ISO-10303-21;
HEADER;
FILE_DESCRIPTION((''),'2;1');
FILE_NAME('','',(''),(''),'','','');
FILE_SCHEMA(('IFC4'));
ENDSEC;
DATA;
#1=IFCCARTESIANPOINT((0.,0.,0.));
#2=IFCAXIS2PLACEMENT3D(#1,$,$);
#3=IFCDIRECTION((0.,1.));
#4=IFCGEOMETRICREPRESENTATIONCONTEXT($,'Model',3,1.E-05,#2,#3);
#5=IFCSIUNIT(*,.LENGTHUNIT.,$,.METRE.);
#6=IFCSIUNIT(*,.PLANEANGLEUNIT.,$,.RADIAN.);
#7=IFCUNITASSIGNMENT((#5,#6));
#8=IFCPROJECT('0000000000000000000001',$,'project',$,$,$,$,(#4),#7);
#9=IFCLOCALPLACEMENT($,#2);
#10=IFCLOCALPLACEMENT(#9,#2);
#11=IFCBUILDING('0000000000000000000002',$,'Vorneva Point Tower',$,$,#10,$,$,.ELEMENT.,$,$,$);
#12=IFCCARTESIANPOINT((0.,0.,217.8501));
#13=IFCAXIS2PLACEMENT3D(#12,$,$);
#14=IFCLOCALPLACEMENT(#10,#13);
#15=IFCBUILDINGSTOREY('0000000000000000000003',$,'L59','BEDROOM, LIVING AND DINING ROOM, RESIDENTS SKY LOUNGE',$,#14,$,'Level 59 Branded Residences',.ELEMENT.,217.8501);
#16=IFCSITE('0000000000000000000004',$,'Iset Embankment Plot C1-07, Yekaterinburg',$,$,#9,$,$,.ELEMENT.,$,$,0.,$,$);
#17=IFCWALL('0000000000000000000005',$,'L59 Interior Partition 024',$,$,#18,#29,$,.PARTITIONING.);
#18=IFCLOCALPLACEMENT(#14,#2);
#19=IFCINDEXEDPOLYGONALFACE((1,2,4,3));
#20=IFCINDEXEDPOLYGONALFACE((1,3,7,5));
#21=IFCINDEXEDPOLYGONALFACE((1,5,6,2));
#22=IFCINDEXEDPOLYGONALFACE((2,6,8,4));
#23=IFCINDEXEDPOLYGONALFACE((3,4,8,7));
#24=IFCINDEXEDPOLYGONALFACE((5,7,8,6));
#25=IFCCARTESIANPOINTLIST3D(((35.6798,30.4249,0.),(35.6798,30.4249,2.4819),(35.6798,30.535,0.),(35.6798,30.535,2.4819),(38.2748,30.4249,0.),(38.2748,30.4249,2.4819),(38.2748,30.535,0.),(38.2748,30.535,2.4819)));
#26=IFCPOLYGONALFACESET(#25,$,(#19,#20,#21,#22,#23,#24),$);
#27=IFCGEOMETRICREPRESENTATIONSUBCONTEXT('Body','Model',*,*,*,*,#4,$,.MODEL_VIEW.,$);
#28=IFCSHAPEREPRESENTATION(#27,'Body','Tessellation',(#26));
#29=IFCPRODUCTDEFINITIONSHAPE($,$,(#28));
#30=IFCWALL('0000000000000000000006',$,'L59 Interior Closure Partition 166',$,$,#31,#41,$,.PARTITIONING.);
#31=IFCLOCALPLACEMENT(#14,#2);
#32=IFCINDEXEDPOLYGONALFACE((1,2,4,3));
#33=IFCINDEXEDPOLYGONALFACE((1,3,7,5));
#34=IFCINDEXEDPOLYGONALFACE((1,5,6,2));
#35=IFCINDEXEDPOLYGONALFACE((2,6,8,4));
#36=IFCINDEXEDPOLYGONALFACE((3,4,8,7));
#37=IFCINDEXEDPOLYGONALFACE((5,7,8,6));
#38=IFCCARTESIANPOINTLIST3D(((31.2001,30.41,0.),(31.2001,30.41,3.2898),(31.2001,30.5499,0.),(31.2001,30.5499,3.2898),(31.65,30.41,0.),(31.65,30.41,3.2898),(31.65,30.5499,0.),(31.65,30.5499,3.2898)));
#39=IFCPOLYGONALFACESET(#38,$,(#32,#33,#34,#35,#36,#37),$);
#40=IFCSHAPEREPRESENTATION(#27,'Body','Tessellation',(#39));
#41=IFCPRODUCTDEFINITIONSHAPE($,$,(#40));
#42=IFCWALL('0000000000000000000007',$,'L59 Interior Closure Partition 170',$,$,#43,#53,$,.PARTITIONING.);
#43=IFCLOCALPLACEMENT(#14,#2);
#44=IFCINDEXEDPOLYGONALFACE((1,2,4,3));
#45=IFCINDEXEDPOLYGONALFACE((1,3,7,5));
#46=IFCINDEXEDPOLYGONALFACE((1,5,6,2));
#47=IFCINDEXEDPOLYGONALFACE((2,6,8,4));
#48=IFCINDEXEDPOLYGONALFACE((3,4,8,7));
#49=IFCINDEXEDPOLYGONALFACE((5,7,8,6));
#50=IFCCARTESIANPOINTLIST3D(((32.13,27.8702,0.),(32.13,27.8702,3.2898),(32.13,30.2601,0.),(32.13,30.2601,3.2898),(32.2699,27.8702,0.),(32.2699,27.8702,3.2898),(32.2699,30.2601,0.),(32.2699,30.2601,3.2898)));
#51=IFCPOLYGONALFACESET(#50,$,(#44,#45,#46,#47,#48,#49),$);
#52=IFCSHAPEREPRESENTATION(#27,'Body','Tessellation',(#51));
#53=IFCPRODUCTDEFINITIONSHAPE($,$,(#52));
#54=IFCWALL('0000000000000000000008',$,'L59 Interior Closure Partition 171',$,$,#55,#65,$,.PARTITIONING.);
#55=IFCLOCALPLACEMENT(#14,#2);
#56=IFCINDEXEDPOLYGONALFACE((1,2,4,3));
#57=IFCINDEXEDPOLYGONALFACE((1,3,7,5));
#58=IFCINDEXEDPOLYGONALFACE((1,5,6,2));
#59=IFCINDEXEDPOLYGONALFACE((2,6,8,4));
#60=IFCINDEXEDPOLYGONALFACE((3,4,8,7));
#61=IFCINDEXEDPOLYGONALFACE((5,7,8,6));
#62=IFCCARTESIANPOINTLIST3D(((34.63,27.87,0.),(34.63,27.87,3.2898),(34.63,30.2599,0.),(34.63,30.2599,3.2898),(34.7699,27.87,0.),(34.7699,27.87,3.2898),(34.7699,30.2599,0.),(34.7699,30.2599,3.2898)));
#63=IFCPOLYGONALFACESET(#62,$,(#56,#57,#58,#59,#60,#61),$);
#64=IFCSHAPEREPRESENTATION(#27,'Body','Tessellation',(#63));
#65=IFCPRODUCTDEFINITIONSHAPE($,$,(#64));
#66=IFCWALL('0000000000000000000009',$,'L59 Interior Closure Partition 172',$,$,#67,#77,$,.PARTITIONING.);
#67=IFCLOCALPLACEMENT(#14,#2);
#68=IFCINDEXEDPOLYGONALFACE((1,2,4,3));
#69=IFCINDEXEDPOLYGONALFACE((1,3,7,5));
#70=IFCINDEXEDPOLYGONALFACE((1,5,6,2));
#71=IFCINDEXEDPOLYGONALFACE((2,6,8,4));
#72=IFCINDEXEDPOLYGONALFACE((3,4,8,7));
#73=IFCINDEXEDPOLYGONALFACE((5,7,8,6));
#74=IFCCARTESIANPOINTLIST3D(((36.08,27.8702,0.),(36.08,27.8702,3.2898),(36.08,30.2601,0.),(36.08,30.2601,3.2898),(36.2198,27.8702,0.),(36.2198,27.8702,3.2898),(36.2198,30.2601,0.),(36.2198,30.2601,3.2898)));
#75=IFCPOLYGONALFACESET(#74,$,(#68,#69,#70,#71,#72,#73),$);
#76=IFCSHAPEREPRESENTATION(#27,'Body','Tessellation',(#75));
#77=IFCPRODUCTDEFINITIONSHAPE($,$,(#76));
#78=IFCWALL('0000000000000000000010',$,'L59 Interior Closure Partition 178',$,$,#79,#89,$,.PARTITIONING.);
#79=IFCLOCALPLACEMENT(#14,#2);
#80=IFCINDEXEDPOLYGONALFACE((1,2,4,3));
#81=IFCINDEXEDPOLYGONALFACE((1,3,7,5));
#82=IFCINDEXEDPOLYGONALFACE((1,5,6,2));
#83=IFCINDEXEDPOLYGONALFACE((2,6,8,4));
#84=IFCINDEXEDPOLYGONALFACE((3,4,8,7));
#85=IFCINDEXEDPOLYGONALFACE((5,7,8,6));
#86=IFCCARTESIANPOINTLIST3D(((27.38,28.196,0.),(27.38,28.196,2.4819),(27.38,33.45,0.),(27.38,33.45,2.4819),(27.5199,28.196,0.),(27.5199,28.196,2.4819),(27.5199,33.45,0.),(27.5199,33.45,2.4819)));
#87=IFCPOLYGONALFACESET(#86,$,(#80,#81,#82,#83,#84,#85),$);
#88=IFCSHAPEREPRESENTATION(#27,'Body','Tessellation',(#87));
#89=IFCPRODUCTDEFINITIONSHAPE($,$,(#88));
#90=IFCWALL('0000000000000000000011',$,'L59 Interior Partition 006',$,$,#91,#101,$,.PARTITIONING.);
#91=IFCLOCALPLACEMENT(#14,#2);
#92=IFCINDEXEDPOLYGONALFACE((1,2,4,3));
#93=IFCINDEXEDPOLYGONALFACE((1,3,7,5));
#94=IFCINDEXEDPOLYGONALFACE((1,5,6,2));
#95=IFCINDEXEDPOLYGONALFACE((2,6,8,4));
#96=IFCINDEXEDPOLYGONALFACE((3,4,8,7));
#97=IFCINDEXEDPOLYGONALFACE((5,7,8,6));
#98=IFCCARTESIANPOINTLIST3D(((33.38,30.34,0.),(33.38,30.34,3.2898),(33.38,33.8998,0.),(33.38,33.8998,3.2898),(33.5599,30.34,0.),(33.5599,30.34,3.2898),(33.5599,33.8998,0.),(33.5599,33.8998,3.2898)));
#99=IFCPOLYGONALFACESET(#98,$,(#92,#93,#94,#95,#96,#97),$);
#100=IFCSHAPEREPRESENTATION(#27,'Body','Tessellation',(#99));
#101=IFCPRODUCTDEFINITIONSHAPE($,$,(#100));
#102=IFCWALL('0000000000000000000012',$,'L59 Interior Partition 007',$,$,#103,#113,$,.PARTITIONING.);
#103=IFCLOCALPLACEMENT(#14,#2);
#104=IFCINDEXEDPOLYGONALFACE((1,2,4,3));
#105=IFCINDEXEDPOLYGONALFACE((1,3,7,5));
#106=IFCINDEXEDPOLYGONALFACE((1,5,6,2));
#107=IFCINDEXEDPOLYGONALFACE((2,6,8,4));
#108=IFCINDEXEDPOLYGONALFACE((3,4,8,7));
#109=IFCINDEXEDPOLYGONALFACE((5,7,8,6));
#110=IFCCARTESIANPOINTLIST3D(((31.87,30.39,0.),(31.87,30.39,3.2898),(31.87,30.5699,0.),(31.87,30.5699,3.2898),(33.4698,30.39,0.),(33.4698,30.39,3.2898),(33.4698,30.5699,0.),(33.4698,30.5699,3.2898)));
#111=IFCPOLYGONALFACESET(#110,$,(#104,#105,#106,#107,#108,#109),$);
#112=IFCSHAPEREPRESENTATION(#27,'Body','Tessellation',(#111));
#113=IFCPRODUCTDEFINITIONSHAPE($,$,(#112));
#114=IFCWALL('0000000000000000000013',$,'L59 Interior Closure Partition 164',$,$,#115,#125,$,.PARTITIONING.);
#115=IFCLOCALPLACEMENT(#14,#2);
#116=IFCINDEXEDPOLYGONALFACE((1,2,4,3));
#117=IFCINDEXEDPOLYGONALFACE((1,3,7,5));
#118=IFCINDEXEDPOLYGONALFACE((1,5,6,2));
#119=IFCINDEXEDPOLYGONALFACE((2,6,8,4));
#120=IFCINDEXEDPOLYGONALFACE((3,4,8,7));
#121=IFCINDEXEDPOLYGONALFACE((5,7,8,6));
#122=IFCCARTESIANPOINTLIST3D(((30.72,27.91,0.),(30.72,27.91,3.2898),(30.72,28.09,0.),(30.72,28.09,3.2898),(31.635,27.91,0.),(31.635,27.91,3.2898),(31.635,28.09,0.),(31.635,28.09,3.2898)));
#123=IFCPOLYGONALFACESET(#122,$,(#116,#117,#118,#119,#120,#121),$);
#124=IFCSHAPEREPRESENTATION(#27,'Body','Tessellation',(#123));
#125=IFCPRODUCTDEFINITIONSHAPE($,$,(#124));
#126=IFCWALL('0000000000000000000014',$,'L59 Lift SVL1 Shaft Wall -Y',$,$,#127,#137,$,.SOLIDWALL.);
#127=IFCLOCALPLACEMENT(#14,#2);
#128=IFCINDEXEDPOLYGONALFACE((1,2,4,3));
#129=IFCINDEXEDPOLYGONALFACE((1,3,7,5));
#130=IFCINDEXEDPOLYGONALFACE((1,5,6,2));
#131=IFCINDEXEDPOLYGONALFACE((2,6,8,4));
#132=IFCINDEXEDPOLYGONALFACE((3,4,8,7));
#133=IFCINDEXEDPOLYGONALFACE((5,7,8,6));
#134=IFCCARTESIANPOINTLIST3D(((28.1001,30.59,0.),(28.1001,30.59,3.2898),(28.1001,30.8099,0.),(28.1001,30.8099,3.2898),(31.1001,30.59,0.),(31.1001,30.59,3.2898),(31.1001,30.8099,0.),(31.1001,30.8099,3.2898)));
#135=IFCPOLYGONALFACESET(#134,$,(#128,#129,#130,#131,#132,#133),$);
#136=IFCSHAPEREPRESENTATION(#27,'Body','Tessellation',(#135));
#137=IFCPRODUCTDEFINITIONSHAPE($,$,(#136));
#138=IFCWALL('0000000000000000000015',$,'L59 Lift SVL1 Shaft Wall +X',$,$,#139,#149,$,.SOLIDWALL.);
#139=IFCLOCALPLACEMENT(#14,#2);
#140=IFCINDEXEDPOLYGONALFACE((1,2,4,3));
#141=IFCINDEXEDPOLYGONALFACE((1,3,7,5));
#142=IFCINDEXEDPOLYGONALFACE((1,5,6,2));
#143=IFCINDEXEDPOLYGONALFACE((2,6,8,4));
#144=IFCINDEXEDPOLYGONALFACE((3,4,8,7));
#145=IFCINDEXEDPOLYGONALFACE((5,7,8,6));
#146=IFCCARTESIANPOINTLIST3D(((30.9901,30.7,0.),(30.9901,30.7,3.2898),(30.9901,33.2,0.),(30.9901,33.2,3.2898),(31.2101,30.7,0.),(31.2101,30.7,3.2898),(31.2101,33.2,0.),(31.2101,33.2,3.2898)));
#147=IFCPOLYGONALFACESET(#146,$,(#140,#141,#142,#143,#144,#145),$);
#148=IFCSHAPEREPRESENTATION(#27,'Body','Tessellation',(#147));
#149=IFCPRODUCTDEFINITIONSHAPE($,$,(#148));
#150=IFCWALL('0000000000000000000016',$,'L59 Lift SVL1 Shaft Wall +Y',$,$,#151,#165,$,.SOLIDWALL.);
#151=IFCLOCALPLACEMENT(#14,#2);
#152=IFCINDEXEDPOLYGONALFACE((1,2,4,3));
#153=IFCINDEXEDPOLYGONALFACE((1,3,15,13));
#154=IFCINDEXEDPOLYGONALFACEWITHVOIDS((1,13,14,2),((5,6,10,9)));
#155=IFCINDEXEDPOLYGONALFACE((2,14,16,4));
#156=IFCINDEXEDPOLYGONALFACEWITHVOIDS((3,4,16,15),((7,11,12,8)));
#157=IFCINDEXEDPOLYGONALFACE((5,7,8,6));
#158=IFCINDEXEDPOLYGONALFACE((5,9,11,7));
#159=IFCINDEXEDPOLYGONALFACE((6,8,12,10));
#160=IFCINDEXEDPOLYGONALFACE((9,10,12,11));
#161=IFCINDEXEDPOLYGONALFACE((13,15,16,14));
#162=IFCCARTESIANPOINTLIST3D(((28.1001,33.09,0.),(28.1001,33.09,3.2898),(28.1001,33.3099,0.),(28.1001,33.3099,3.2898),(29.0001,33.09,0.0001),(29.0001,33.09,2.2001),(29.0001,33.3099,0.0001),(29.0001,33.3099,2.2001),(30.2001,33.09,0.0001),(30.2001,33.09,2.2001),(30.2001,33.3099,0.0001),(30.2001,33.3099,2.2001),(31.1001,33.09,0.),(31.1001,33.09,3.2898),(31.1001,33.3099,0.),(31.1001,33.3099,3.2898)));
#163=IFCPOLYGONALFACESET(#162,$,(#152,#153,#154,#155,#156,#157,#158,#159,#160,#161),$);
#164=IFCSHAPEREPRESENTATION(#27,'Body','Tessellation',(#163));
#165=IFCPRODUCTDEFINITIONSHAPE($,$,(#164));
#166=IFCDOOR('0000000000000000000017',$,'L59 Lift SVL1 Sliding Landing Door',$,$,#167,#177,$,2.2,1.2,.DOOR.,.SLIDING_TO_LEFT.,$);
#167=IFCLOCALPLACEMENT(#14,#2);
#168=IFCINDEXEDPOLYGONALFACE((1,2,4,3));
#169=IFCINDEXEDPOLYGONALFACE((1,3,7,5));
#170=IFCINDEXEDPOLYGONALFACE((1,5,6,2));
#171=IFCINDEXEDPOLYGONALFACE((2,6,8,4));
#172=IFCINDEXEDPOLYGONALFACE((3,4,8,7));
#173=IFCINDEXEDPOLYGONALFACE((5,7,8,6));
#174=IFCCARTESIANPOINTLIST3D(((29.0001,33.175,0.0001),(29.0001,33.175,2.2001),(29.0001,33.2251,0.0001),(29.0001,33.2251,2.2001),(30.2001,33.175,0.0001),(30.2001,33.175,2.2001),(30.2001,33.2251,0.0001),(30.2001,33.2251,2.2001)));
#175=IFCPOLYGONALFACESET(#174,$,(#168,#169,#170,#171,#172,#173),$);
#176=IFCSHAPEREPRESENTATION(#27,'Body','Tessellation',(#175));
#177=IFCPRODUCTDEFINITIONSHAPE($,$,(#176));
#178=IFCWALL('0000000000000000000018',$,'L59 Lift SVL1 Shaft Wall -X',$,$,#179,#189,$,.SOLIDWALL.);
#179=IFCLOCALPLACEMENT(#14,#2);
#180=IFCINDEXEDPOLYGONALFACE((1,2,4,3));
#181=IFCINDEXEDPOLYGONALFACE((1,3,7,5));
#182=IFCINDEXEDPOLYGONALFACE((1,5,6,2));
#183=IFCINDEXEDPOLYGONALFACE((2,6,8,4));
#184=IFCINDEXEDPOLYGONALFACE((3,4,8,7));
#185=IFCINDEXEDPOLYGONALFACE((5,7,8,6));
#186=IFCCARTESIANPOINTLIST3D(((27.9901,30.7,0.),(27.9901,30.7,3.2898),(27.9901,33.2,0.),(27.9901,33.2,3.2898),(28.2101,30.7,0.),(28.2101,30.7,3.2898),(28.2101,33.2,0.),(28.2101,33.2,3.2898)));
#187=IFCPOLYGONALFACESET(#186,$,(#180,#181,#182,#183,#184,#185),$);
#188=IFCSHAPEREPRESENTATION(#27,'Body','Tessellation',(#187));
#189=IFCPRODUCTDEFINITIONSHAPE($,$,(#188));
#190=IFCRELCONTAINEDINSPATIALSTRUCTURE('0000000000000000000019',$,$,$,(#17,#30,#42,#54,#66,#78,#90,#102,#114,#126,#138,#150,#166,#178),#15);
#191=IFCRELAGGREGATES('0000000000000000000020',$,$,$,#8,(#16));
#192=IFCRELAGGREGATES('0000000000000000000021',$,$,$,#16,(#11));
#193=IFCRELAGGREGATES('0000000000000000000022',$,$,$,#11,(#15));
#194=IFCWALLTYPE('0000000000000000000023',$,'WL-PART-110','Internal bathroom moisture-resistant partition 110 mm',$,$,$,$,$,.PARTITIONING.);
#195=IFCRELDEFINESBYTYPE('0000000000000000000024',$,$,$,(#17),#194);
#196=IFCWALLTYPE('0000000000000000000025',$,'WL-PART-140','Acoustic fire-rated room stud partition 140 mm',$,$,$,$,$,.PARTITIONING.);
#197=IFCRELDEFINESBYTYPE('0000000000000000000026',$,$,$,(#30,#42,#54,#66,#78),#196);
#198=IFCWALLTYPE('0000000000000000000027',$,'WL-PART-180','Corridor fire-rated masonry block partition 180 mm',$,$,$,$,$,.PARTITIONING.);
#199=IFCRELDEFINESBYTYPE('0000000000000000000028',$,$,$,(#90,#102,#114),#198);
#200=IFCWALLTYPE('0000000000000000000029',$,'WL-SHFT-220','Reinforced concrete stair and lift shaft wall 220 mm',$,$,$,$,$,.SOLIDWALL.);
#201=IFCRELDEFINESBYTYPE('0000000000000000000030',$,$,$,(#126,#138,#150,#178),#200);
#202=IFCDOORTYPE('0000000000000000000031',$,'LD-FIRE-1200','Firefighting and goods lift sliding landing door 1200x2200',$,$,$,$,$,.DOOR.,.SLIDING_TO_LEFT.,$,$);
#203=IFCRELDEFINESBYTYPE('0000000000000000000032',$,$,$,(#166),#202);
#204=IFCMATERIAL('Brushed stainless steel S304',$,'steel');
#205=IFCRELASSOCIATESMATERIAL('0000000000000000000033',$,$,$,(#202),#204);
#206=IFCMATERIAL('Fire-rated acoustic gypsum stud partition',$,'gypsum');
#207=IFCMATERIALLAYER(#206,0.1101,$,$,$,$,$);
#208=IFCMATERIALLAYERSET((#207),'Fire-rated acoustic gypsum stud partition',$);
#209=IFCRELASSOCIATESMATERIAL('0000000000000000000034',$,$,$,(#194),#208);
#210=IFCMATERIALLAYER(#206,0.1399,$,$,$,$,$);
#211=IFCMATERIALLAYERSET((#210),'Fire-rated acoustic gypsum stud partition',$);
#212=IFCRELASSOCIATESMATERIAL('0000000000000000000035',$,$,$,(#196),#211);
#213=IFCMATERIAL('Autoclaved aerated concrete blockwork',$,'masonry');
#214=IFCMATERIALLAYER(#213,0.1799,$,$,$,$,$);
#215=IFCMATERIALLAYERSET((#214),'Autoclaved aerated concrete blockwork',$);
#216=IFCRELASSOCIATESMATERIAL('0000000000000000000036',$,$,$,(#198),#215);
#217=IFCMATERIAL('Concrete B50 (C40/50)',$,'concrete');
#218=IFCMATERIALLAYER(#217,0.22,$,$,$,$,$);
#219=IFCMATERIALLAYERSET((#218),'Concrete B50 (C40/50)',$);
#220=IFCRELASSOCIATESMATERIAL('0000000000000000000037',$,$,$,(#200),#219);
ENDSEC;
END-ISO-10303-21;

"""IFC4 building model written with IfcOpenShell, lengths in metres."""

from ifc_helpers import new_model, si_unit, direction, frame, frame_2d, origin, place, context, subcontext, project, spatial, rectangle, extrude, material, layer, layer_set, type_object, element, fill, save


model = new_model("IFC4")

# Units and contexts
model_context = context("Model", 3, precision=1e-05, world=origin(), true_north=direction((0.0, 1.0)))
body_context = subcontext(model_context, "Body", "Model", "MODEL_VIEW")
ifc_project = project(units=[si_unit("LENGTHUNIT", "METRE"), si_unit("PLANEANGLEUNIT", "RADIAN")], contexts=[model_context])

# Site, building, storey
site_placement = place(None, origin())
site = spatial("IfcSite", under=ifc_project, at=site_placement, Name="Iset Embankment Plot C1-07, Yekaterinburg", CompositionType="ELEMENT", RefElevation=0.0)
building_placement = place(site_placement, origin())
building = spatial("IfcBuilding", under=site, at=building_placement, Name="Vorneva Point Tower", CompositionType="ELEMENT")
storey_placement = place(building_placement, frame((0.0, 0.0, 217.8501)))
storey = spatial("IfcBuildingStorey", under=building, at=storey_placement, Name="L59", Description="BEDROOM, LIVING AND DINING ROOM, RESIDENTS SKY LOUNGE", LongName="Level 59 Branded Residences", CompositionType="ELEMENT", Elevation=217.8501)

# Shared definitions
ifc_material_1 = material(Name="Concrete B50 (C40/50)", Category="concrete")

# Shared definitions
ifc_material_2 = material(Name="Brushed stainless steel S304", Category="steel")
door_type_1 = type_object("IfcDoorType", Name="LD-FIRE-1200", Description="Firefighting and goods lift sliding landing door 1200x2200", OperationType="SLIDING_TO_LEFT", PredefinedType="DOOR", material=ifc_material_2)

# Walls
ifc_material_3 = material(Name="Fire-rated acoustic gypsum stud partition", Category="gypsum")
ifc_layer_1 = layer(ifc_material_3, 0.1101)
ifc_layer_set_1 = layer_set([ifc_layer_1], Name="Fire-rated acoustic gypsum stud partition")
wall_type_1 = type_object("IfcWallType", Name="WL-PART-110", Description="Internal bathroom moisture-resistant partition 110 mm", PredefinedType="PARTITIONING", material=ifc_layer_set_1)
wall_1_placement = place(storey_placement, frame((35.6799, 30.48, 0.0), z_axis=(0.0, 0.0, 1.0), x_axis=(1.0, 0.0, 0.0)))
element("IfcWall", 1, at=wall_1_placement, inside=storey, type_object=wall_type_1, Name="L59 Interior Partition 024", PredefinedType="PARTITIONING", context=body_context, shape_type="SweptSolid", body=[
    extrude(rectangle(XDim=2.595, YDim=0.1101, at=frame_2d((1.2974, 0.0))), origin(), (0.0, 0.0, 1.0), 2.4819),
])
ifc_layer_2 = layer(ifc_material_3, 0.1399)
ifc_layer_set_2 = layer_set([ifc_layer_2], Name="Fire-rated acoustic gypsum stud partition")
wall_type_2 = type_object("IfcWallType", Name="WL-PART-140", Description="Acoustic fire-rated room stud partition 140 mm", PredefinedType="PARTITIONING", material=ifc_layer_set_2)
wall_2_placement = place(storey_placement, frame((31.2, 30.48, 0.0), z_axis=(0.0, 0.0, 1.0), x_axis=(1.0, 0.0, 0.0)))
element("IfcWall", 2, at=wall_2_placement, inside=storey, type_object=wall_type_2, Name="L59 Interior Closure Partition 166", PredefinedType="PARTITIONING", context=body_context, shape_type="SweptSolid", body=[
    extrude(rectangle(XDim=0.45, YDim=0.1399, at=frame_2d((0.2251, 0.0))), origin(), (0.0, 0.0, 1.0), 3.2898),
])
for number, where, z_axis, x_axis, name in (
    (3, (32.2, 30.26, 0.0), (0.0, 0.0, 1.0), (0.0, -1.0, 0.0), "L59 Interior Closure Partition 170"),
    (4, (34.7, 27.8701, 0.0), (0.0, 0.0, 1.0), (0.0, 1.0, 0.0), "L59 Interior Closure Partition 171"),
    (5, (36.1499, 30.26, 0.0), (0.0, 0.0, 1.0), (0.0, -1.0, 0.0), "L59 Interior Closure Partition 172"),
):
    element("IfcWall", number, at=place(storey_placement, frame(where, z_axis=z_axis, x_axis=x_axis)), inside=storey, type_object=wall_type_2, Name=name, PredefinedType="PARTITIONING", context=body_context, shape_type="SweptSolid", body=[
        extrude(rectangle(XDim=2.3899, YDim=0.1399, at=frame_2d((1.1948, 0.0))), origin(), (0.0, 0.0, 1.0), 3.2898),
    ])
wall_3_placement = place(storey_placement, frame((27.45, 33.45, 0.0), z_axis=(0.0, 0.0, 1.0), x_axis=(0.0, -1.0, 0.0)))
element("IfcWall", 6, at=wall_3_placement, inside=storey, type_object=wall_type_2, Name="L59 Interior Closure Partition 178", PredefinedType="PARTITIONING", context=body_context, shape_type="SweptSolid", body=[
    extrude(rectangle(XDim=5.2539, YDim=0.1399, at=frame_2d((2.627, 0.0))), origin(), (0.0, 0.0, 1.0), 2.4819),
])

# Shared definitions
ifc_material_4 = material(Name="Autoclaved aerated concrete blockwork", Category="masonry")
ifc_layer_3 = layer(ifc_material_4, 0.1799)
ifc_layer_set_3 = layer_set([ifc_layer_3], Name="Autoclaved aerated concrete blockwork")
wall_type_3 = type_object("IfcWallType", Name="WL-PART-180", Description="Corridor fire-rated masonry block partition 180 mm", PredefinedType="PARTITIONING", material=ifc_layer_set_3)

# Walls
wall_4_placement = place(storey_placement, frame((33.47, 30.3401, 0.0), z_axis=(0.0, 0.0, 1.0), x_axis=(0.0, 1.0, 0.0)))
element("IfcWall", 7, at=wall_4_placement, inside=storey, type_object=wall_type_3, Name="L59 Interior Partition 006", PredefinedType="PARTITIONING", context=body_context, shape_type="SweptSolid", body=[
    extrude(rectangle(XDim=3.5598, YDim=0.1799, at=frame_2d((1.7798, 0.0))), origin(), (0.0, 0.0, 1.0), 3.2898),
])
wall_5_placement = place(storey_placement, frame((31.8701, 30.48, 0.0), z_axis=(0.0, 0.0, 1.0), x_axis=(1.0, 0.0, 0.0)))
element("IfcWall", 8, at=wall_5_placement, inside=storey, type_object=wall_type_3, Name="L59 Interior Partition 007", PredefinedType="PARTITIONING", context=body_context, shape_type="SweptSolid", body=[
    extrude(rectangle(XDim=1.5999, YDim=0.1799, at=frame_2d((0.7998, 0.0))), origin(), (0.0, 0.0, 1.0), 3.2898),
])

# Walls
wall_6_placement = place(storey_placement, frame((31.635, 28.0, 0.0), z_axis=(0.0, 0.0, 1.0), x_axis=(-1.0, 0.0, 0.0)))
element("IfcWall", 9, at=wall_6_placement, inside=storey, type_object=wall_type_3, Name="L59 Interior Closure Partition 164", PredefinedType="PARTITIONING", context=body_context, shape_type="SweptSolid", body=[
    extrude(rectangle(XDim=0.915, YDim=0.1799, at=frame_2d((0.4575, 0.0))), origin(), (0.0, 0.0, 1.0), 3.2898),
])
ifc_layer_4 = layer(ifc_material_1, 0.22)
ifc_layer_set_4 = layer_set([ifc_layer_4], Name="Concrete B50 (C40/50)")
wall_type_4 = type_object("IfcWallType", Name="WL-SHFT-220", Description="Reinforced concrete stair and lift shaft wall 220 mm", PredefinedType="SOLIDWALL", material=ifc_layer_set_4)
wall_7_placement = place(storey_placement, frame((28.1001, 30.7, 0.0), z_axis=(0.0, 0.0, 1.0), x_axis=(1.0, 0.0, 0.0)))
element("IfcWall", 10, at=wall_7_placement, inside=storey, type_object=wall_type_4, Name="L59 Lift SVL1 Shaft Wall -Y", PredefinedType="SOLIDWALL", context=body_context, shape_type="SweptSolid", body=[
    extrude(rectangle(XDim=3.0, YDim=0.22, at=frame_2d((1.5, 0.0))), origin(), (0.0, 0.0, 1.0), 3.2898),
])
wall_8_placement = place(storey_placement, frame((31.1001, 30.7, 0.0), z_axis=(0.0, 0.0, 1.0), x_axis=(0.0, 1.0, 0.0)))
element("IfcWall", 11, at=wall_8_placement, inside=storey, type_object=wall_type_4, Name="L59 Lift SVL1 Shaft Wall +X", PredefinedType="SOLIDWALL", context=body_context, shape_type="SweptSolid", body=[
    extrude(rectangle(XDim=2.5, YDim=0.22, at=frame_2d((1.25, 0.0))), origin(), (0.0, 0.0, 1.0), 3.2898),
])

# Wall, opening, door
wall_9_placement = place(storey_placement, frame((31.1001, 33.2, 0.0), z_axis=(0.0, 0.0, 1.0), x_axis=(-1.0, 0.0, 0.0)))
wall_9 = element("IfcWall", 12, at=wall_9_placement, inside=storey, type_object=wall_type_4, Name="L59 Lift SVL1 Shaft Wall +Y", PredefinedType="SOLIDWALL", context=body_context, shape_type="SweptSolid", body=[
    extrude(rectangle(XDim=3.0, YDim=0.22, at=frame_2d((1.5, 0.0))), origin(), (0.0, 0.0, 1.0), 3.2898),
])
opening_1_placement = place(wall_9_placement, frame((0.8999, 0.0, 0.0)))
opening_1 = element("IfcOpeningElement", 13, at=opening_1_placement, cuts=wall_9, PredefinedType="OPENING", context=body_context, shape_type="SweptSolid", body=[
    extrude(rectangle(XDim=1.2, YDim=2.2, at=frame_2d((0.6001, 1.1001))), frame((0.0, 0.125, 0.0), z_axis=(0.0, -1.0, 0.0), x_axis=(1.0, 0.0, 0.0)), (0.0, 0.0, 1.0), 0.2498),
])
door_1_placement = place(opening_1_placement, origin())
door_1 = element("IfcDoor", 14, at=door_1_placement, inside=storey, type_object=door_type_1, Name="L59 Lift SVL1 Sliding Landing Door", OperationType="SLIDING_TO_LEFT", OverallHeight=2.2, OverallWidth=1.2, PredefinedType="DOOR", context=body_context, shape_type="SweptSolid", body=[
    extrude(rectangle(XDim=1.2, YDim=2.2, at=frame_2d((0.6001, 1.1001))), frame((0.0, 0.0249, 0.0), z_axis=(0.0, -1.0, 0.0), x_axis=(1.0, 0.0, 0.0)), (0.0, 0.0, 1.0), 0.05),
])
fill(opening_1, door_1)

# Wall
wall_10_placement = place(storey_placement, frame((28.1001, 33.2, 0.0), z_axis=(0.0, 0.0, 1.0), x_axis=(0.0, -1.0, 0.0)))
element("IfcWall", 15, at=wall_10_placement, inside=storey, type_object=wall_type_4, Name="L59 Lift SVL1 Shaft Wall -X", PredefinedType="SOLIDWALL", context=body_context, shape_type="SweptSolid", body=[
    extrude(rectangle(XDim=2.5, YDim=0.22, at=frame_2d((1.25, 0.0))), origin(), (0.0, 0.0, 1.0), 3.2898),
])

save(model, "model.ifc")
